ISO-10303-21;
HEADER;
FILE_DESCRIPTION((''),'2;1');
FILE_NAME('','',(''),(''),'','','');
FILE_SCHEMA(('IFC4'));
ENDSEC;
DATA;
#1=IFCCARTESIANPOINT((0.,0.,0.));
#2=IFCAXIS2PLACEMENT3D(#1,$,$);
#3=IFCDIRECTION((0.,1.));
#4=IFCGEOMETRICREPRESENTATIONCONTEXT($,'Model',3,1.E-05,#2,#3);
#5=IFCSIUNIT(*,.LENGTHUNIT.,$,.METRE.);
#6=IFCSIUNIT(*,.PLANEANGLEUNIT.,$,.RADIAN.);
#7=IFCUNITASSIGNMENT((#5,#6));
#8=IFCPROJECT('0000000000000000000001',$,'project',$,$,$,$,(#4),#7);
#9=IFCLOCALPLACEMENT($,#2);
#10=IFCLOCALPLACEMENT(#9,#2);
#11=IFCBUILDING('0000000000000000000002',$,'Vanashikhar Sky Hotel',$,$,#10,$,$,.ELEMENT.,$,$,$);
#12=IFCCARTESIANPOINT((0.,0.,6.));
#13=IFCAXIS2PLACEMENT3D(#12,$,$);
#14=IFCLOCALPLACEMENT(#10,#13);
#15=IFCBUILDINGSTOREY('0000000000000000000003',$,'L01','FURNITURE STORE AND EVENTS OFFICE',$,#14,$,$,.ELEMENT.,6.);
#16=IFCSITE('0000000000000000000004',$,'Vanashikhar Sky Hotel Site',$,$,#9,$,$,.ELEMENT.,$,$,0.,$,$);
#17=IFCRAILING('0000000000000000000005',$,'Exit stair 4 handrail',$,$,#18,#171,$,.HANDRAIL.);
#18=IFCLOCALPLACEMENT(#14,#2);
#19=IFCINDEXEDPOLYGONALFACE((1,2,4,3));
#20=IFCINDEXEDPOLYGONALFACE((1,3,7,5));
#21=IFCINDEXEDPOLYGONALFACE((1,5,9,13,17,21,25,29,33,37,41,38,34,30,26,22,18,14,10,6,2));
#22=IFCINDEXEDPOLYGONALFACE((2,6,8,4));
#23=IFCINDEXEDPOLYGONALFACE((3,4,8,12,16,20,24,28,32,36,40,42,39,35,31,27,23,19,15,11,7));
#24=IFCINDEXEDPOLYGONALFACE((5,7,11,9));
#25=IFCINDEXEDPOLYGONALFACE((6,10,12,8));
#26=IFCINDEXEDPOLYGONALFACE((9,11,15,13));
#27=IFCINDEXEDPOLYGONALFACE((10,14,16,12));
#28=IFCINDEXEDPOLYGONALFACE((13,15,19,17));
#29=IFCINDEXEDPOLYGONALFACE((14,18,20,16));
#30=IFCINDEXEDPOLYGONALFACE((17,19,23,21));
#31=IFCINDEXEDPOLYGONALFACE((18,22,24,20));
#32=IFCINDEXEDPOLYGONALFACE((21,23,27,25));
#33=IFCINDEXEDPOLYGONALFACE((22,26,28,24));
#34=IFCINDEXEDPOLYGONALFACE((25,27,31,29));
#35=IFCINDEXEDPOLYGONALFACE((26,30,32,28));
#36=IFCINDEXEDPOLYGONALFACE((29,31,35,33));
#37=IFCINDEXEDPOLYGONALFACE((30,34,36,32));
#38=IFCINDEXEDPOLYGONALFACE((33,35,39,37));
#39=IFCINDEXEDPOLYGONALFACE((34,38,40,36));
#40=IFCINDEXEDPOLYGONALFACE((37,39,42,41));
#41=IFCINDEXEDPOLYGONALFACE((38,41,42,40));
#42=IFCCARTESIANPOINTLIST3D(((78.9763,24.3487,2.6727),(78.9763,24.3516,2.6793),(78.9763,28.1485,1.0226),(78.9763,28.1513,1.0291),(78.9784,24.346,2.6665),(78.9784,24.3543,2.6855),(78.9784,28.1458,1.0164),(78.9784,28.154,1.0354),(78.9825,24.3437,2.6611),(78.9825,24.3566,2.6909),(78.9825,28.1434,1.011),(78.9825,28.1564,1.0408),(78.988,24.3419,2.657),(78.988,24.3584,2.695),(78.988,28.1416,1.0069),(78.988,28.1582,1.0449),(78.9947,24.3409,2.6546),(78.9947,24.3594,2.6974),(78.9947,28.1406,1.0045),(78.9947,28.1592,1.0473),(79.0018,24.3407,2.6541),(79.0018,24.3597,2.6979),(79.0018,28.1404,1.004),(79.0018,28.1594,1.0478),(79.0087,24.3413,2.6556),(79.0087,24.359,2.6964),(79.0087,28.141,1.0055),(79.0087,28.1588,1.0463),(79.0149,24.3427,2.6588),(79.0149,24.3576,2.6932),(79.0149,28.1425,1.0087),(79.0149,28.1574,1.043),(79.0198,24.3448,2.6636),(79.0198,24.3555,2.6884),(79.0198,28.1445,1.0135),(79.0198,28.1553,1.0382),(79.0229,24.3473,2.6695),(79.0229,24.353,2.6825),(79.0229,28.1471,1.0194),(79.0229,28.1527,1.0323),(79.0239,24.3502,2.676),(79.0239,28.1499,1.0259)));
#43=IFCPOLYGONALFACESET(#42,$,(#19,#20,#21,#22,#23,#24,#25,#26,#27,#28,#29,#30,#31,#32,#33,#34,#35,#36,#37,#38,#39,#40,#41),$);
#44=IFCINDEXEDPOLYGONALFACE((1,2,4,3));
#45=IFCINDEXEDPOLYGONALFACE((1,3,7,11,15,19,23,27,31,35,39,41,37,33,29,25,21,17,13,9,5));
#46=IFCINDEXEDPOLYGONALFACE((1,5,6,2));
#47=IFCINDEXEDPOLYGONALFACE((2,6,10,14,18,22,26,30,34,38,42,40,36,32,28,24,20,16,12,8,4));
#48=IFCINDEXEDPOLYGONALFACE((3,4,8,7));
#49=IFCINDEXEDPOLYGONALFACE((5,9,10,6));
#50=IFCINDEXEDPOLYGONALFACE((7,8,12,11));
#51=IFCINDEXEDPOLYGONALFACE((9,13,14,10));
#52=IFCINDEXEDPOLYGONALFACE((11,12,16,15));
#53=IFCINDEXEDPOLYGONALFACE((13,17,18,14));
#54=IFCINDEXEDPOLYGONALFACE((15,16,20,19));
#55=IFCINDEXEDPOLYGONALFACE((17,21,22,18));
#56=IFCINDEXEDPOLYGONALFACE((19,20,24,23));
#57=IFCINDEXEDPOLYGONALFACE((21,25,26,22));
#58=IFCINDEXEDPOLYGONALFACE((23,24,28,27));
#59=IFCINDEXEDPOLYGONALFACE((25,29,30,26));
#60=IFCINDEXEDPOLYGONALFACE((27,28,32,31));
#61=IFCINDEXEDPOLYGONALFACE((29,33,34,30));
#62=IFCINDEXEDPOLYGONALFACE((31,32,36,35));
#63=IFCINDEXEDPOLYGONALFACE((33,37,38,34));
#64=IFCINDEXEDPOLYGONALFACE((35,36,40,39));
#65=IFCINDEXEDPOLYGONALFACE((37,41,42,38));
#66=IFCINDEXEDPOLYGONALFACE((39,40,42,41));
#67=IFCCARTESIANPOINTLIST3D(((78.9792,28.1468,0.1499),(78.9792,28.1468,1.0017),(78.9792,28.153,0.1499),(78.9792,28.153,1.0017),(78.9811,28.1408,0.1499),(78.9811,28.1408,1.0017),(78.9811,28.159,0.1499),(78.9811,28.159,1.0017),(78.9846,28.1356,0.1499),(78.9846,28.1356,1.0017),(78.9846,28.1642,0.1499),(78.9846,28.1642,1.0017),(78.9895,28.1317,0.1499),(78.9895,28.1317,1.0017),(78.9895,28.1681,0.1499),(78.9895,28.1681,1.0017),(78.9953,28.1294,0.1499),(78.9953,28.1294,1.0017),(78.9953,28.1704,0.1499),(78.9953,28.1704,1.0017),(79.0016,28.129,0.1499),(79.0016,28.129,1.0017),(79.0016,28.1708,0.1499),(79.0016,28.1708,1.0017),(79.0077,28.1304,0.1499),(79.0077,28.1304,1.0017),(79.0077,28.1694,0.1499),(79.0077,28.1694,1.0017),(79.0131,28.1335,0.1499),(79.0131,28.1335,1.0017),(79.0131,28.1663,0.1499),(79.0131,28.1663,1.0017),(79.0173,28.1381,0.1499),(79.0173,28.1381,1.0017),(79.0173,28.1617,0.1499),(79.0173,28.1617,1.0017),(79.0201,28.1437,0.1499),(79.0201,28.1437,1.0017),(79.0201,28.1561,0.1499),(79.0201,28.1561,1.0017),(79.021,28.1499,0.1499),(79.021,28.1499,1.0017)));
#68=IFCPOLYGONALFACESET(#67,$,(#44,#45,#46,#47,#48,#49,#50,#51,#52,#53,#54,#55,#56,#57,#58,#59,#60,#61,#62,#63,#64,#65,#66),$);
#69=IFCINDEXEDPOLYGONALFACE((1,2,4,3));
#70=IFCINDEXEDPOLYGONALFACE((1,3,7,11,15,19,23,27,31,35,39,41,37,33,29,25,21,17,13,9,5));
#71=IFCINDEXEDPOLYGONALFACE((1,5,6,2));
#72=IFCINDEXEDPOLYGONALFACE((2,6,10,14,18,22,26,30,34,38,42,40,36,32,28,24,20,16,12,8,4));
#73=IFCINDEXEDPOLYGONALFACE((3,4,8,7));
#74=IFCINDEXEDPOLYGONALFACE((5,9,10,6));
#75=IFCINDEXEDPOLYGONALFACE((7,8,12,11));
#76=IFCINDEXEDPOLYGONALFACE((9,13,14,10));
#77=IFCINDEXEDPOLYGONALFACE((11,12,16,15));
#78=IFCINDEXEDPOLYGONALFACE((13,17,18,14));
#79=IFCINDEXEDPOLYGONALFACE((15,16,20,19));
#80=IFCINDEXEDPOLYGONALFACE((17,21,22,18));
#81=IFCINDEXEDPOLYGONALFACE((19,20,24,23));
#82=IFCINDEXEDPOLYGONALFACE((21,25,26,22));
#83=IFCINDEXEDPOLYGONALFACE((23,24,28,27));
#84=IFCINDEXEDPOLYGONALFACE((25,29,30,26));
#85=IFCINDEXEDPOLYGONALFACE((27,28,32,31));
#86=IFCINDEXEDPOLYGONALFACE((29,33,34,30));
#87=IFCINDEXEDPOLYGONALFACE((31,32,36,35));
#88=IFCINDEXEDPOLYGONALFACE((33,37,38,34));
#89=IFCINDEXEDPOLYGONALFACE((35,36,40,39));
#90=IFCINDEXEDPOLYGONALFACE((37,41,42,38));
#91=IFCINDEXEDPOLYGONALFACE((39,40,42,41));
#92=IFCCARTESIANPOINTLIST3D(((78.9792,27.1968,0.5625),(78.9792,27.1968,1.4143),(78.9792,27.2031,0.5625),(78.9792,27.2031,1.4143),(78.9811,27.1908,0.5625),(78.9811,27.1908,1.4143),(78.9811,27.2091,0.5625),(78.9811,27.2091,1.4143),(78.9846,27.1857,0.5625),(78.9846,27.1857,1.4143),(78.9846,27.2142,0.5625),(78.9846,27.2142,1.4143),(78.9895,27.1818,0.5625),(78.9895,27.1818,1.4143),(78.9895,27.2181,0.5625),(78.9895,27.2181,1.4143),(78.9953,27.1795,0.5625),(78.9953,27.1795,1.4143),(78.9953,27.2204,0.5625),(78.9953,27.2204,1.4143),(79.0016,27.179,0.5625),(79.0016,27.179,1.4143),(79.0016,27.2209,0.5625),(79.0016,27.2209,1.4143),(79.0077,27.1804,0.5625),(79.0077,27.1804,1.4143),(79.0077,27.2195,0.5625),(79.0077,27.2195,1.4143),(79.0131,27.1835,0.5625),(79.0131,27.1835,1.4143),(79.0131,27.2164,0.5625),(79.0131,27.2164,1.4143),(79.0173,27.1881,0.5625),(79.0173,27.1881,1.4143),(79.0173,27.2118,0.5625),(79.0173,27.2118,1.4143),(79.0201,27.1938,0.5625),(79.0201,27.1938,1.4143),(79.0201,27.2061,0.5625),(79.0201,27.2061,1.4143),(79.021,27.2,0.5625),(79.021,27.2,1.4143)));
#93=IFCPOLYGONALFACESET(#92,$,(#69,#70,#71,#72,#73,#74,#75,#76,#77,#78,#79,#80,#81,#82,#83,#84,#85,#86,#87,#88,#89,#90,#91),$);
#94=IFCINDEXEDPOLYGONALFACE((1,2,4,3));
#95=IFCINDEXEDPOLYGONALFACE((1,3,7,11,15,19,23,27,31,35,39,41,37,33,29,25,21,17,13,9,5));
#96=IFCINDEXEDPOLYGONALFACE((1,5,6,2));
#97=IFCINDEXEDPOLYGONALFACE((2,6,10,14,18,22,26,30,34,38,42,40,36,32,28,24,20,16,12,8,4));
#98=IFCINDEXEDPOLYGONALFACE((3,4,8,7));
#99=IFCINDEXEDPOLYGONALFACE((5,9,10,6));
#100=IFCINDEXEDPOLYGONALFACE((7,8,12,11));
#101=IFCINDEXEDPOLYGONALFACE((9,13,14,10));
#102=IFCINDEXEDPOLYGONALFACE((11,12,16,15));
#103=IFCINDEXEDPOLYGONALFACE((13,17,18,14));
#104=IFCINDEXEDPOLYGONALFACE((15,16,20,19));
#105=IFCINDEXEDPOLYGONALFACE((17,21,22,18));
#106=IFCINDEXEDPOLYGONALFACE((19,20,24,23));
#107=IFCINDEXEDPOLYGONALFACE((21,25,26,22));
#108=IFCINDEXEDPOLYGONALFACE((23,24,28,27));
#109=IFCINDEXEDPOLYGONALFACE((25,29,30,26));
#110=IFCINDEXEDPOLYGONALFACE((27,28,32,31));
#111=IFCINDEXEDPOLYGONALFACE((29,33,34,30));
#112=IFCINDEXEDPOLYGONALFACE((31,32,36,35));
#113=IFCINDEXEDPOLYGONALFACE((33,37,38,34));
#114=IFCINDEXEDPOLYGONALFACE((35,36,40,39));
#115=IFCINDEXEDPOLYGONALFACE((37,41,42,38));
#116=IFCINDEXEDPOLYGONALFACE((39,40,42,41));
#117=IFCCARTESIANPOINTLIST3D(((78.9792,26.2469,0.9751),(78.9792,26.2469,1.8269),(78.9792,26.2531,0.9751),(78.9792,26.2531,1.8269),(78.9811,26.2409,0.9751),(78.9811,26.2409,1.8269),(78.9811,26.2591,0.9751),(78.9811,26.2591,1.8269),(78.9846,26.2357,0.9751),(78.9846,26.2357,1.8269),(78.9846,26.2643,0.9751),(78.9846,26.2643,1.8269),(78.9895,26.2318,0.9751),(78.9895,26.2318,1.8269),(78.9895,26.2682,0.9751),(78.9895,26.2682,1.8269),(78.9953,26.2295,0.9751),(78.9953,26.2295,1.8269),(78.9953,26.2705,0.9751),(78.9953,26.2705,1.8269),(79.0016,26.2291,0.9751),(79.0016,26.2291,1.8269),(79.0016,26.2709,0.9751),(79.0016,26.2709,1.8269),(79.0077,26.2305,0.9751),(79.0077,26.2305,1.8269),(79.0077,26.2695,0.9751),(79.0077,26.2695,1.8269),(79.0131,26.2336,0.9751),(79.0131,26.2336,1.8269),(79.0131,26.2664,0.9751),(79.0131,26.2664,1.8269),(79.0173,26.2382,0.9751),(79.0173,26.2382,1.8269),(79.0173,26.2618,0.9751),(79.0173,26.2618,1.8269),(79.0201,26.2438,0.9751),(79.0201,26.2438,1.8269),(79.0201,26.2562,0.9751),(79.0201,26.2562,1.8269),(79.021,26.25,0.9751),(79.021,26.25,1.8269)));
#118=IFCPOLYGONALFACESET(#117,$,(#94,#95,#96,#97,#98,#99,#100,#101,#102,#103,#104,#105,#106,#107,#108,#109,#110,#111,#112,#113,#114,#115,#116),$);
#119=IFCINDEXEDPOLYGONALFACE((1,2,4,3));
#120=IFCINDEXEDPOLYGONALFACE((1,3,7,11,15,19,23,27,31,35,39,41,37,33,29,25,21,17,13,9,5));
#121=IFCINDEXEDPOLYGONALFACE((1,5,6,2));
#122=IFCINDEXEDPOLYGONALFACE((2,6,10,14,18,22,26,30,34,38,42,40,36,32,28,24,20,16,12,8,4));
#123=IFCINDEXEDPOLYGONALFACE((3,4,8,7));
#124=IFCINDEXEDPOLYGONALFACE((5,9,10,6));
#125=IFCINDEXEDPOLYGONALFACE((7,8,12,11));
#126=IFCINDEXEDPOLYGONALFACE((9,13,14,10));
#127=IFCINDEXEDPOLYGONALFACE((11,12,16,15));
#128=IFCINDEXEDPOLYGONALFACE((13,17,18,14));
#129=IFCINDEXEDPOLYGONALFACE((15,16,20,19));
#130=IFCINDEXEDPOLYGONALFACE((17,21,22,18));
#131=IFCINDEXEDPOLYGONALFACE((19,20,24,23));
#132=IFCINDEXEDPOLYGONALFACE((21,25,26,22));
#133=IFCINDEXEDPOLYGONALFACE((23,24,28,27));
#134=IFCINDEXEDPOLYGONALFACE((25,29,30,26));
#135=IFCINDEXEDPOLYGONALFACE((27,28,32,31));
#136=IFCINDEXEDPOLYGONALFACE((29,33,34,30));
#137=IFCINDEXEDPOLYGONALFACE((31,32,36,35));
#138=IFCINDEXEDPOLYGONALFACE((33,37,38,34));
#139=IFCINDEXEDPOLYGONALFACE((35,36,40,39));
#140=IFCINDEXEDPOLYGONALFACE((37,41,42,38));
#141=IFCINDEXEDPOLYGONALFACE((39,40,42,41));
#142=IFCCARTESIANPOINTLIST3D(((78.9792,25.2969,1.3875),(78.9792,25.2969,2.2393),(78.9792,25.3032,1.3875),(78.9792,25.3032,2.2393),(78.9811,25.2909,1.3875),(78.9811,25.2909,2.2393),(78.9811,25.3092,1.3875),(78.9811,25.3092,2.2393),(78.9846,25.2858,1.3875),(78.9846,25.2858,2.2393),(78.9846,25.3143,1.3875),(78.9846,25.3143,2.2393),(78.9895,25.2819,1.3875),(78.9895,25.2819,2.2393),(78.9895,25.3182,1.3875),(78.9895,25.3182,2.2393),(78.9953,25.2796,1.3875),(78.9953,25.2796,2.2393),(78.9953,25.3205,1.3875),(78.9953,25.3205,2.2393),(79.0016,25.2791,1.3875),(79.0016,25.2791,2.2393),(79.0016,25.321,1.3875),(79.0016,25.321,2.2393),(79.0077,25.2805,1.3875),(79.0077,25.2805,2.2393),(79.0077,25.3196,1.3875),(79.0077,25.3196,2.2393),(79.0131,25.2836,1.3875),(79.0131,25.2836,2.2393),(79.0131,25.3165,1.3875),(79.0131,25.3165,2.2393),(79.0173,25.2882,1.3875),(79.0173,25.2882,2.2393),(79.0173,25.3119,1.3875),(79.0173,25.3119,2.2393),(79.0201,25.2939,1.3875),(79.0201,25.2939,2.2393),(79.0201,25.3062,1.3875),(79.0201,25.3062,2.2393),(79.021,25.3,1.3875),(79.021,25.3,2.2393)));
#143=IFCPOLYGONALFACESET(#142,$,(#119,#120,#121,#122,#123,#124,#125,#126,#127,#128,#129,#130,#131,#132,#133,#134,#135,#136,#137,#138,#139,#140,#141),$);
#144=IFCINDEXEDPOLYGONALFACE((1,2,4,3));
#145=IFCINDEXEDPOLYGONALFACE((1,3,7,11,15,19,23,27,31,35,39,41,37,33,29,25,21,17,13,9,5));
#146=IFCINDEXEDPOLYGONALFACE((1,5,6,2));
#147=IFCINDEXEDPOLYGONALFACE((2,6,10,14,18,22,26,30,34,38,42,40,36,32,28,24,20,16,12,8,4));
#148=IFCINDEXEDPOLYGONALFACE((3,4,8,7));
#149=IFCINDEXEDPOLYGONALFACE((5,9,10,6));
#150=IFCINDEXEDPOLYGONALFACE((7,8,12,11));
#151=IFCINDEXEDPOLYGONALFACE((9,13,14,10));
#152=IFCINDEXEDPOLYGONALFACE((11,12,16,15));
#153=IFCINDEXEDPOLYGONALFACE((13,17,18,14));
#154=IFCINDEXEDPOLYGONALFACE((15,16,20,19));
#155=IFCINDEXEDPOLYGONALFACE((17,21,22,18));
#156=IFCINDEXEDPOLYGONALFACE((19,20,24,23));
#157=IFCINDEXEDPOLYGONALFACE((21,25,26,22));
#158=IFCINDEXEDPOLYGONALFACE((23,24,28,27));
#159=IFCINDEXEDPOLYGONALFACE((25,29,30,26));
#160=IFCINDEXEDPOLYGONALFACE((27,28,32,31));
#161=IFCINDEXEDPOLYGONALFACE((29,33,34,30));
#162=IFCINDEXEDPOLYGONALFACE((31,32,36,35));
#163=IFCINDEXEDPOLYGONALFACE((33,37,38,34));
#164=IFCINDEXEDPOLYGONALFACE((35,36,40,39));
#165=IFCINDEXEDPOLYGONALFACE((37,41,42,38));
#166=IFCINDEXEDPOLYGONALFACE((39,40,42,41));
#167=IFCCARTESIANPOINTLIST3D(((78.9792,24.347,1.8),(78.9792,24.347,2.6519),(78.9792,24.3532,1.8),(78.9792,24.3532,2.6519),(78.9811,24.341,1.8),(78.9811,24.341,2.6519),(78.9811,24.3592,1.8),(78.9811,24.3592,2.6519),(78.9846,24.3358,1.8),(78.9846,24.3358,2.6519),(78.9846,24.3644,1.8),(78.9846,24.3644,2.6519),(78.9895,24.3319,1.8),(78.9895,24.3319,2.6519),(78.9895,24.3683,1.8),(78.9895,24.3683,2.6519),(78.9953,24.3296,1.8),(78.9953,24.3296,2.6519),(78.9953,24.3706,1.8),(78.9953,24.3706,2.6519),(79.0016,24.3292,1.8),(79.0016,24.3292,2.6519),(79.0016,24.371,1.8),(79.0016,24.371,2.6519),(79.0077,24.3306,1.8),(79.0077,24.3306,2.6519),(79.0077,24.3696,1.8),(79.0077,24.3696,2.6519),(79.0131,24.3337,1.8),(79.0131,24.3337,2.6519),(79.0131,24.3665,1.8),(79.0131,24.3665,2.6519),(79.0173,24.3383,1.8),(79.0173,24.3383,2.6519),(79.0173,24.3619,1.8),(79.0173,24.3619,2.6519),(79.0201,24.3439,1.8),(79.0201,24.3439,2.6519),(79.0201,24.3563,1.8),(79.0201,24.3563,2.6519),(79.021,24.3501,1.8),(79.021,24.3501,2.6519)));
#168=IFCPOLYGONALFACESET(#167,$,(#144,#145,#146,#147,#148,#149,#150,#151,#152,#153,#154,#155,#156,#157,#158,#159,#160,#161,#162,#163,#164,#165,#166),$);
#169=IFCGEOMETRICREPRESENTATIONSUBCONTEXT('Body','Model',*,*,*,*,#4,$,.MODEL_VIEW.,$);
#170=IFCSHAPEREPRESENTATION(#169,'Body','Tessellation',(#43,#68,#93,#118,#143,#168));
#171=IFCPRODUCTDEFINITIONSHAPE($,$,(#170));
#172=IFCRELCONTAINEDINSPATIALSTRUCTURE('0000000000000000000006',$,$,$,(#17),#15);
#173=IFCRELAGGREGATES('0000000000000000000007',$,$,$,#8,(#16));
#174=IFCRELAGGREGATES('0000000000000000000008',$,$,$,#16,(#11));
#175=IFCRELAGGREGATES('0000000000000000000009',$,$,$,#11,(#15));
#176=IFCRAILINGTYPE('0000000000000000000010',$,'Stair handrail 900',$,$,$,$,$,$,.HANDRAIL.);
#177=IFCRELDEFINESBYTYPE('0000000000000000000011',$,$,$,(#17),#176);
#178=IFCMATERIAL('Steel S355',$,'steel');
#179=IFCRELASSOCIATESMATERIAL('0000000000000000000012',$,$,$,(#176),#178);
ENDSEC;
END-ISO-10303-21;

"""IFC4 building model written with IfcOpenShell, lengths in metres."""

from ifc_helpers import new_model, si_unit, direction, frame, origin, origin_2d, place, context, subcontext, project, spatial, circle, extrude, source, transform, mapped, material, type_object, element, save


model = new_model("IFC4")

# Units and contexts
model_context = context("Model", 3, precision=1e-05, world=origin(), true_north=direction((0.0, 1.0)))
body_context = subcontext(model_context, "Body", "Model", "MODEL_VIEW")
ifc_project = project(units=[si_unit("LENGTHUNIT", "METRE"), si_unit("PLANEANGLEUNIT", "RADIAN")], contexts=[model_context])

# Site, building, storey
site_placement = place(None, origin())
site = spatial("IfcSite", under=ifc_project, at=site_placement, Name="Vanashikhar Sky Hotel Site", CompositionType="ELEMENT", RefElevation=0.0)
building_placement = place(site_placement, origin())
building = spatial("IfcBuilding", under=site, at=building_placement, Name="Vanashikhar Sky Hotel", CompositionType="ELEMENT")
storey_placement = place(building_placement, frame((0.0, 0.0, 6.0)))
storey = spatial("IfcBuildingStorey", under=building, at=storey_placement, Name="L01", Description="FURNITURE STORE AND EVENTS OFFICE", CompositionType="ELEMENT", Elevation=6.0)

# Railing
ifc_material_1 = material(Name="Steel S355", Category="steel")
railing_type = type_object("IfcRailingType", Name="Stair handrail 900", PredefinedType="HANDRAIL", material=ifc_material_1)
shared_shape_1 = source(origin(), body_context, "Body", "SweptSolid", [
    extrude(circle(Radius=0.0239, at=origin_2d()), frame((0.0, 0.0, 0.876), z_axis=(0.0, -0.917241, 0.398332), x_axis=(1.0, 0.0, 0.0)), (0.0, 0.0, 1.0), 4.1426),
    extrude(circle(Radius=0.021, at=origin_2d()), origin(), (0.0, 0.0, 1.0), 0.8518),
    extrude(circle(Radius=0.021, at=origin_2d()), frame((0.0, -0.95, 0.4126)), (0.0, 0.0, 1.0), 0.8518),
    extrude(circle(Radius=0.021, at=origin_2d()), frame((0.0, -1.8999, 0.8252)), (0.0, 0.0, 1.0), 0.8518),
    extrude(circle(Radius=0.021, at=origin_2d()), frame((0.0, -2.8499, 1.2375)), (0.0, 0.0, 1.0), 0.8518),
    extrude(circle(Radius=0.021, at=origin_2d()), frame((0.0, -3.7998, 1.6501)), (0.0, 0.0, 1.0), 0.8518),
])
railing_1_placement = place(storey_placement, frame((79.0, 28.1499, 0.1499)))
element("IfcRailing", 1, at=railing_1_placement, inside=storey, type_object=railing_type, Name="Exit stair 4 handrail", PredefinedType="HANDRAIL", context=body_context, shape_type="MappedRepresentation", body=[
    mapped(shared_shape_1, transform((0.0, 0.0, 0.0), scale=1.0)),
])

save(model, "model.ifc")
